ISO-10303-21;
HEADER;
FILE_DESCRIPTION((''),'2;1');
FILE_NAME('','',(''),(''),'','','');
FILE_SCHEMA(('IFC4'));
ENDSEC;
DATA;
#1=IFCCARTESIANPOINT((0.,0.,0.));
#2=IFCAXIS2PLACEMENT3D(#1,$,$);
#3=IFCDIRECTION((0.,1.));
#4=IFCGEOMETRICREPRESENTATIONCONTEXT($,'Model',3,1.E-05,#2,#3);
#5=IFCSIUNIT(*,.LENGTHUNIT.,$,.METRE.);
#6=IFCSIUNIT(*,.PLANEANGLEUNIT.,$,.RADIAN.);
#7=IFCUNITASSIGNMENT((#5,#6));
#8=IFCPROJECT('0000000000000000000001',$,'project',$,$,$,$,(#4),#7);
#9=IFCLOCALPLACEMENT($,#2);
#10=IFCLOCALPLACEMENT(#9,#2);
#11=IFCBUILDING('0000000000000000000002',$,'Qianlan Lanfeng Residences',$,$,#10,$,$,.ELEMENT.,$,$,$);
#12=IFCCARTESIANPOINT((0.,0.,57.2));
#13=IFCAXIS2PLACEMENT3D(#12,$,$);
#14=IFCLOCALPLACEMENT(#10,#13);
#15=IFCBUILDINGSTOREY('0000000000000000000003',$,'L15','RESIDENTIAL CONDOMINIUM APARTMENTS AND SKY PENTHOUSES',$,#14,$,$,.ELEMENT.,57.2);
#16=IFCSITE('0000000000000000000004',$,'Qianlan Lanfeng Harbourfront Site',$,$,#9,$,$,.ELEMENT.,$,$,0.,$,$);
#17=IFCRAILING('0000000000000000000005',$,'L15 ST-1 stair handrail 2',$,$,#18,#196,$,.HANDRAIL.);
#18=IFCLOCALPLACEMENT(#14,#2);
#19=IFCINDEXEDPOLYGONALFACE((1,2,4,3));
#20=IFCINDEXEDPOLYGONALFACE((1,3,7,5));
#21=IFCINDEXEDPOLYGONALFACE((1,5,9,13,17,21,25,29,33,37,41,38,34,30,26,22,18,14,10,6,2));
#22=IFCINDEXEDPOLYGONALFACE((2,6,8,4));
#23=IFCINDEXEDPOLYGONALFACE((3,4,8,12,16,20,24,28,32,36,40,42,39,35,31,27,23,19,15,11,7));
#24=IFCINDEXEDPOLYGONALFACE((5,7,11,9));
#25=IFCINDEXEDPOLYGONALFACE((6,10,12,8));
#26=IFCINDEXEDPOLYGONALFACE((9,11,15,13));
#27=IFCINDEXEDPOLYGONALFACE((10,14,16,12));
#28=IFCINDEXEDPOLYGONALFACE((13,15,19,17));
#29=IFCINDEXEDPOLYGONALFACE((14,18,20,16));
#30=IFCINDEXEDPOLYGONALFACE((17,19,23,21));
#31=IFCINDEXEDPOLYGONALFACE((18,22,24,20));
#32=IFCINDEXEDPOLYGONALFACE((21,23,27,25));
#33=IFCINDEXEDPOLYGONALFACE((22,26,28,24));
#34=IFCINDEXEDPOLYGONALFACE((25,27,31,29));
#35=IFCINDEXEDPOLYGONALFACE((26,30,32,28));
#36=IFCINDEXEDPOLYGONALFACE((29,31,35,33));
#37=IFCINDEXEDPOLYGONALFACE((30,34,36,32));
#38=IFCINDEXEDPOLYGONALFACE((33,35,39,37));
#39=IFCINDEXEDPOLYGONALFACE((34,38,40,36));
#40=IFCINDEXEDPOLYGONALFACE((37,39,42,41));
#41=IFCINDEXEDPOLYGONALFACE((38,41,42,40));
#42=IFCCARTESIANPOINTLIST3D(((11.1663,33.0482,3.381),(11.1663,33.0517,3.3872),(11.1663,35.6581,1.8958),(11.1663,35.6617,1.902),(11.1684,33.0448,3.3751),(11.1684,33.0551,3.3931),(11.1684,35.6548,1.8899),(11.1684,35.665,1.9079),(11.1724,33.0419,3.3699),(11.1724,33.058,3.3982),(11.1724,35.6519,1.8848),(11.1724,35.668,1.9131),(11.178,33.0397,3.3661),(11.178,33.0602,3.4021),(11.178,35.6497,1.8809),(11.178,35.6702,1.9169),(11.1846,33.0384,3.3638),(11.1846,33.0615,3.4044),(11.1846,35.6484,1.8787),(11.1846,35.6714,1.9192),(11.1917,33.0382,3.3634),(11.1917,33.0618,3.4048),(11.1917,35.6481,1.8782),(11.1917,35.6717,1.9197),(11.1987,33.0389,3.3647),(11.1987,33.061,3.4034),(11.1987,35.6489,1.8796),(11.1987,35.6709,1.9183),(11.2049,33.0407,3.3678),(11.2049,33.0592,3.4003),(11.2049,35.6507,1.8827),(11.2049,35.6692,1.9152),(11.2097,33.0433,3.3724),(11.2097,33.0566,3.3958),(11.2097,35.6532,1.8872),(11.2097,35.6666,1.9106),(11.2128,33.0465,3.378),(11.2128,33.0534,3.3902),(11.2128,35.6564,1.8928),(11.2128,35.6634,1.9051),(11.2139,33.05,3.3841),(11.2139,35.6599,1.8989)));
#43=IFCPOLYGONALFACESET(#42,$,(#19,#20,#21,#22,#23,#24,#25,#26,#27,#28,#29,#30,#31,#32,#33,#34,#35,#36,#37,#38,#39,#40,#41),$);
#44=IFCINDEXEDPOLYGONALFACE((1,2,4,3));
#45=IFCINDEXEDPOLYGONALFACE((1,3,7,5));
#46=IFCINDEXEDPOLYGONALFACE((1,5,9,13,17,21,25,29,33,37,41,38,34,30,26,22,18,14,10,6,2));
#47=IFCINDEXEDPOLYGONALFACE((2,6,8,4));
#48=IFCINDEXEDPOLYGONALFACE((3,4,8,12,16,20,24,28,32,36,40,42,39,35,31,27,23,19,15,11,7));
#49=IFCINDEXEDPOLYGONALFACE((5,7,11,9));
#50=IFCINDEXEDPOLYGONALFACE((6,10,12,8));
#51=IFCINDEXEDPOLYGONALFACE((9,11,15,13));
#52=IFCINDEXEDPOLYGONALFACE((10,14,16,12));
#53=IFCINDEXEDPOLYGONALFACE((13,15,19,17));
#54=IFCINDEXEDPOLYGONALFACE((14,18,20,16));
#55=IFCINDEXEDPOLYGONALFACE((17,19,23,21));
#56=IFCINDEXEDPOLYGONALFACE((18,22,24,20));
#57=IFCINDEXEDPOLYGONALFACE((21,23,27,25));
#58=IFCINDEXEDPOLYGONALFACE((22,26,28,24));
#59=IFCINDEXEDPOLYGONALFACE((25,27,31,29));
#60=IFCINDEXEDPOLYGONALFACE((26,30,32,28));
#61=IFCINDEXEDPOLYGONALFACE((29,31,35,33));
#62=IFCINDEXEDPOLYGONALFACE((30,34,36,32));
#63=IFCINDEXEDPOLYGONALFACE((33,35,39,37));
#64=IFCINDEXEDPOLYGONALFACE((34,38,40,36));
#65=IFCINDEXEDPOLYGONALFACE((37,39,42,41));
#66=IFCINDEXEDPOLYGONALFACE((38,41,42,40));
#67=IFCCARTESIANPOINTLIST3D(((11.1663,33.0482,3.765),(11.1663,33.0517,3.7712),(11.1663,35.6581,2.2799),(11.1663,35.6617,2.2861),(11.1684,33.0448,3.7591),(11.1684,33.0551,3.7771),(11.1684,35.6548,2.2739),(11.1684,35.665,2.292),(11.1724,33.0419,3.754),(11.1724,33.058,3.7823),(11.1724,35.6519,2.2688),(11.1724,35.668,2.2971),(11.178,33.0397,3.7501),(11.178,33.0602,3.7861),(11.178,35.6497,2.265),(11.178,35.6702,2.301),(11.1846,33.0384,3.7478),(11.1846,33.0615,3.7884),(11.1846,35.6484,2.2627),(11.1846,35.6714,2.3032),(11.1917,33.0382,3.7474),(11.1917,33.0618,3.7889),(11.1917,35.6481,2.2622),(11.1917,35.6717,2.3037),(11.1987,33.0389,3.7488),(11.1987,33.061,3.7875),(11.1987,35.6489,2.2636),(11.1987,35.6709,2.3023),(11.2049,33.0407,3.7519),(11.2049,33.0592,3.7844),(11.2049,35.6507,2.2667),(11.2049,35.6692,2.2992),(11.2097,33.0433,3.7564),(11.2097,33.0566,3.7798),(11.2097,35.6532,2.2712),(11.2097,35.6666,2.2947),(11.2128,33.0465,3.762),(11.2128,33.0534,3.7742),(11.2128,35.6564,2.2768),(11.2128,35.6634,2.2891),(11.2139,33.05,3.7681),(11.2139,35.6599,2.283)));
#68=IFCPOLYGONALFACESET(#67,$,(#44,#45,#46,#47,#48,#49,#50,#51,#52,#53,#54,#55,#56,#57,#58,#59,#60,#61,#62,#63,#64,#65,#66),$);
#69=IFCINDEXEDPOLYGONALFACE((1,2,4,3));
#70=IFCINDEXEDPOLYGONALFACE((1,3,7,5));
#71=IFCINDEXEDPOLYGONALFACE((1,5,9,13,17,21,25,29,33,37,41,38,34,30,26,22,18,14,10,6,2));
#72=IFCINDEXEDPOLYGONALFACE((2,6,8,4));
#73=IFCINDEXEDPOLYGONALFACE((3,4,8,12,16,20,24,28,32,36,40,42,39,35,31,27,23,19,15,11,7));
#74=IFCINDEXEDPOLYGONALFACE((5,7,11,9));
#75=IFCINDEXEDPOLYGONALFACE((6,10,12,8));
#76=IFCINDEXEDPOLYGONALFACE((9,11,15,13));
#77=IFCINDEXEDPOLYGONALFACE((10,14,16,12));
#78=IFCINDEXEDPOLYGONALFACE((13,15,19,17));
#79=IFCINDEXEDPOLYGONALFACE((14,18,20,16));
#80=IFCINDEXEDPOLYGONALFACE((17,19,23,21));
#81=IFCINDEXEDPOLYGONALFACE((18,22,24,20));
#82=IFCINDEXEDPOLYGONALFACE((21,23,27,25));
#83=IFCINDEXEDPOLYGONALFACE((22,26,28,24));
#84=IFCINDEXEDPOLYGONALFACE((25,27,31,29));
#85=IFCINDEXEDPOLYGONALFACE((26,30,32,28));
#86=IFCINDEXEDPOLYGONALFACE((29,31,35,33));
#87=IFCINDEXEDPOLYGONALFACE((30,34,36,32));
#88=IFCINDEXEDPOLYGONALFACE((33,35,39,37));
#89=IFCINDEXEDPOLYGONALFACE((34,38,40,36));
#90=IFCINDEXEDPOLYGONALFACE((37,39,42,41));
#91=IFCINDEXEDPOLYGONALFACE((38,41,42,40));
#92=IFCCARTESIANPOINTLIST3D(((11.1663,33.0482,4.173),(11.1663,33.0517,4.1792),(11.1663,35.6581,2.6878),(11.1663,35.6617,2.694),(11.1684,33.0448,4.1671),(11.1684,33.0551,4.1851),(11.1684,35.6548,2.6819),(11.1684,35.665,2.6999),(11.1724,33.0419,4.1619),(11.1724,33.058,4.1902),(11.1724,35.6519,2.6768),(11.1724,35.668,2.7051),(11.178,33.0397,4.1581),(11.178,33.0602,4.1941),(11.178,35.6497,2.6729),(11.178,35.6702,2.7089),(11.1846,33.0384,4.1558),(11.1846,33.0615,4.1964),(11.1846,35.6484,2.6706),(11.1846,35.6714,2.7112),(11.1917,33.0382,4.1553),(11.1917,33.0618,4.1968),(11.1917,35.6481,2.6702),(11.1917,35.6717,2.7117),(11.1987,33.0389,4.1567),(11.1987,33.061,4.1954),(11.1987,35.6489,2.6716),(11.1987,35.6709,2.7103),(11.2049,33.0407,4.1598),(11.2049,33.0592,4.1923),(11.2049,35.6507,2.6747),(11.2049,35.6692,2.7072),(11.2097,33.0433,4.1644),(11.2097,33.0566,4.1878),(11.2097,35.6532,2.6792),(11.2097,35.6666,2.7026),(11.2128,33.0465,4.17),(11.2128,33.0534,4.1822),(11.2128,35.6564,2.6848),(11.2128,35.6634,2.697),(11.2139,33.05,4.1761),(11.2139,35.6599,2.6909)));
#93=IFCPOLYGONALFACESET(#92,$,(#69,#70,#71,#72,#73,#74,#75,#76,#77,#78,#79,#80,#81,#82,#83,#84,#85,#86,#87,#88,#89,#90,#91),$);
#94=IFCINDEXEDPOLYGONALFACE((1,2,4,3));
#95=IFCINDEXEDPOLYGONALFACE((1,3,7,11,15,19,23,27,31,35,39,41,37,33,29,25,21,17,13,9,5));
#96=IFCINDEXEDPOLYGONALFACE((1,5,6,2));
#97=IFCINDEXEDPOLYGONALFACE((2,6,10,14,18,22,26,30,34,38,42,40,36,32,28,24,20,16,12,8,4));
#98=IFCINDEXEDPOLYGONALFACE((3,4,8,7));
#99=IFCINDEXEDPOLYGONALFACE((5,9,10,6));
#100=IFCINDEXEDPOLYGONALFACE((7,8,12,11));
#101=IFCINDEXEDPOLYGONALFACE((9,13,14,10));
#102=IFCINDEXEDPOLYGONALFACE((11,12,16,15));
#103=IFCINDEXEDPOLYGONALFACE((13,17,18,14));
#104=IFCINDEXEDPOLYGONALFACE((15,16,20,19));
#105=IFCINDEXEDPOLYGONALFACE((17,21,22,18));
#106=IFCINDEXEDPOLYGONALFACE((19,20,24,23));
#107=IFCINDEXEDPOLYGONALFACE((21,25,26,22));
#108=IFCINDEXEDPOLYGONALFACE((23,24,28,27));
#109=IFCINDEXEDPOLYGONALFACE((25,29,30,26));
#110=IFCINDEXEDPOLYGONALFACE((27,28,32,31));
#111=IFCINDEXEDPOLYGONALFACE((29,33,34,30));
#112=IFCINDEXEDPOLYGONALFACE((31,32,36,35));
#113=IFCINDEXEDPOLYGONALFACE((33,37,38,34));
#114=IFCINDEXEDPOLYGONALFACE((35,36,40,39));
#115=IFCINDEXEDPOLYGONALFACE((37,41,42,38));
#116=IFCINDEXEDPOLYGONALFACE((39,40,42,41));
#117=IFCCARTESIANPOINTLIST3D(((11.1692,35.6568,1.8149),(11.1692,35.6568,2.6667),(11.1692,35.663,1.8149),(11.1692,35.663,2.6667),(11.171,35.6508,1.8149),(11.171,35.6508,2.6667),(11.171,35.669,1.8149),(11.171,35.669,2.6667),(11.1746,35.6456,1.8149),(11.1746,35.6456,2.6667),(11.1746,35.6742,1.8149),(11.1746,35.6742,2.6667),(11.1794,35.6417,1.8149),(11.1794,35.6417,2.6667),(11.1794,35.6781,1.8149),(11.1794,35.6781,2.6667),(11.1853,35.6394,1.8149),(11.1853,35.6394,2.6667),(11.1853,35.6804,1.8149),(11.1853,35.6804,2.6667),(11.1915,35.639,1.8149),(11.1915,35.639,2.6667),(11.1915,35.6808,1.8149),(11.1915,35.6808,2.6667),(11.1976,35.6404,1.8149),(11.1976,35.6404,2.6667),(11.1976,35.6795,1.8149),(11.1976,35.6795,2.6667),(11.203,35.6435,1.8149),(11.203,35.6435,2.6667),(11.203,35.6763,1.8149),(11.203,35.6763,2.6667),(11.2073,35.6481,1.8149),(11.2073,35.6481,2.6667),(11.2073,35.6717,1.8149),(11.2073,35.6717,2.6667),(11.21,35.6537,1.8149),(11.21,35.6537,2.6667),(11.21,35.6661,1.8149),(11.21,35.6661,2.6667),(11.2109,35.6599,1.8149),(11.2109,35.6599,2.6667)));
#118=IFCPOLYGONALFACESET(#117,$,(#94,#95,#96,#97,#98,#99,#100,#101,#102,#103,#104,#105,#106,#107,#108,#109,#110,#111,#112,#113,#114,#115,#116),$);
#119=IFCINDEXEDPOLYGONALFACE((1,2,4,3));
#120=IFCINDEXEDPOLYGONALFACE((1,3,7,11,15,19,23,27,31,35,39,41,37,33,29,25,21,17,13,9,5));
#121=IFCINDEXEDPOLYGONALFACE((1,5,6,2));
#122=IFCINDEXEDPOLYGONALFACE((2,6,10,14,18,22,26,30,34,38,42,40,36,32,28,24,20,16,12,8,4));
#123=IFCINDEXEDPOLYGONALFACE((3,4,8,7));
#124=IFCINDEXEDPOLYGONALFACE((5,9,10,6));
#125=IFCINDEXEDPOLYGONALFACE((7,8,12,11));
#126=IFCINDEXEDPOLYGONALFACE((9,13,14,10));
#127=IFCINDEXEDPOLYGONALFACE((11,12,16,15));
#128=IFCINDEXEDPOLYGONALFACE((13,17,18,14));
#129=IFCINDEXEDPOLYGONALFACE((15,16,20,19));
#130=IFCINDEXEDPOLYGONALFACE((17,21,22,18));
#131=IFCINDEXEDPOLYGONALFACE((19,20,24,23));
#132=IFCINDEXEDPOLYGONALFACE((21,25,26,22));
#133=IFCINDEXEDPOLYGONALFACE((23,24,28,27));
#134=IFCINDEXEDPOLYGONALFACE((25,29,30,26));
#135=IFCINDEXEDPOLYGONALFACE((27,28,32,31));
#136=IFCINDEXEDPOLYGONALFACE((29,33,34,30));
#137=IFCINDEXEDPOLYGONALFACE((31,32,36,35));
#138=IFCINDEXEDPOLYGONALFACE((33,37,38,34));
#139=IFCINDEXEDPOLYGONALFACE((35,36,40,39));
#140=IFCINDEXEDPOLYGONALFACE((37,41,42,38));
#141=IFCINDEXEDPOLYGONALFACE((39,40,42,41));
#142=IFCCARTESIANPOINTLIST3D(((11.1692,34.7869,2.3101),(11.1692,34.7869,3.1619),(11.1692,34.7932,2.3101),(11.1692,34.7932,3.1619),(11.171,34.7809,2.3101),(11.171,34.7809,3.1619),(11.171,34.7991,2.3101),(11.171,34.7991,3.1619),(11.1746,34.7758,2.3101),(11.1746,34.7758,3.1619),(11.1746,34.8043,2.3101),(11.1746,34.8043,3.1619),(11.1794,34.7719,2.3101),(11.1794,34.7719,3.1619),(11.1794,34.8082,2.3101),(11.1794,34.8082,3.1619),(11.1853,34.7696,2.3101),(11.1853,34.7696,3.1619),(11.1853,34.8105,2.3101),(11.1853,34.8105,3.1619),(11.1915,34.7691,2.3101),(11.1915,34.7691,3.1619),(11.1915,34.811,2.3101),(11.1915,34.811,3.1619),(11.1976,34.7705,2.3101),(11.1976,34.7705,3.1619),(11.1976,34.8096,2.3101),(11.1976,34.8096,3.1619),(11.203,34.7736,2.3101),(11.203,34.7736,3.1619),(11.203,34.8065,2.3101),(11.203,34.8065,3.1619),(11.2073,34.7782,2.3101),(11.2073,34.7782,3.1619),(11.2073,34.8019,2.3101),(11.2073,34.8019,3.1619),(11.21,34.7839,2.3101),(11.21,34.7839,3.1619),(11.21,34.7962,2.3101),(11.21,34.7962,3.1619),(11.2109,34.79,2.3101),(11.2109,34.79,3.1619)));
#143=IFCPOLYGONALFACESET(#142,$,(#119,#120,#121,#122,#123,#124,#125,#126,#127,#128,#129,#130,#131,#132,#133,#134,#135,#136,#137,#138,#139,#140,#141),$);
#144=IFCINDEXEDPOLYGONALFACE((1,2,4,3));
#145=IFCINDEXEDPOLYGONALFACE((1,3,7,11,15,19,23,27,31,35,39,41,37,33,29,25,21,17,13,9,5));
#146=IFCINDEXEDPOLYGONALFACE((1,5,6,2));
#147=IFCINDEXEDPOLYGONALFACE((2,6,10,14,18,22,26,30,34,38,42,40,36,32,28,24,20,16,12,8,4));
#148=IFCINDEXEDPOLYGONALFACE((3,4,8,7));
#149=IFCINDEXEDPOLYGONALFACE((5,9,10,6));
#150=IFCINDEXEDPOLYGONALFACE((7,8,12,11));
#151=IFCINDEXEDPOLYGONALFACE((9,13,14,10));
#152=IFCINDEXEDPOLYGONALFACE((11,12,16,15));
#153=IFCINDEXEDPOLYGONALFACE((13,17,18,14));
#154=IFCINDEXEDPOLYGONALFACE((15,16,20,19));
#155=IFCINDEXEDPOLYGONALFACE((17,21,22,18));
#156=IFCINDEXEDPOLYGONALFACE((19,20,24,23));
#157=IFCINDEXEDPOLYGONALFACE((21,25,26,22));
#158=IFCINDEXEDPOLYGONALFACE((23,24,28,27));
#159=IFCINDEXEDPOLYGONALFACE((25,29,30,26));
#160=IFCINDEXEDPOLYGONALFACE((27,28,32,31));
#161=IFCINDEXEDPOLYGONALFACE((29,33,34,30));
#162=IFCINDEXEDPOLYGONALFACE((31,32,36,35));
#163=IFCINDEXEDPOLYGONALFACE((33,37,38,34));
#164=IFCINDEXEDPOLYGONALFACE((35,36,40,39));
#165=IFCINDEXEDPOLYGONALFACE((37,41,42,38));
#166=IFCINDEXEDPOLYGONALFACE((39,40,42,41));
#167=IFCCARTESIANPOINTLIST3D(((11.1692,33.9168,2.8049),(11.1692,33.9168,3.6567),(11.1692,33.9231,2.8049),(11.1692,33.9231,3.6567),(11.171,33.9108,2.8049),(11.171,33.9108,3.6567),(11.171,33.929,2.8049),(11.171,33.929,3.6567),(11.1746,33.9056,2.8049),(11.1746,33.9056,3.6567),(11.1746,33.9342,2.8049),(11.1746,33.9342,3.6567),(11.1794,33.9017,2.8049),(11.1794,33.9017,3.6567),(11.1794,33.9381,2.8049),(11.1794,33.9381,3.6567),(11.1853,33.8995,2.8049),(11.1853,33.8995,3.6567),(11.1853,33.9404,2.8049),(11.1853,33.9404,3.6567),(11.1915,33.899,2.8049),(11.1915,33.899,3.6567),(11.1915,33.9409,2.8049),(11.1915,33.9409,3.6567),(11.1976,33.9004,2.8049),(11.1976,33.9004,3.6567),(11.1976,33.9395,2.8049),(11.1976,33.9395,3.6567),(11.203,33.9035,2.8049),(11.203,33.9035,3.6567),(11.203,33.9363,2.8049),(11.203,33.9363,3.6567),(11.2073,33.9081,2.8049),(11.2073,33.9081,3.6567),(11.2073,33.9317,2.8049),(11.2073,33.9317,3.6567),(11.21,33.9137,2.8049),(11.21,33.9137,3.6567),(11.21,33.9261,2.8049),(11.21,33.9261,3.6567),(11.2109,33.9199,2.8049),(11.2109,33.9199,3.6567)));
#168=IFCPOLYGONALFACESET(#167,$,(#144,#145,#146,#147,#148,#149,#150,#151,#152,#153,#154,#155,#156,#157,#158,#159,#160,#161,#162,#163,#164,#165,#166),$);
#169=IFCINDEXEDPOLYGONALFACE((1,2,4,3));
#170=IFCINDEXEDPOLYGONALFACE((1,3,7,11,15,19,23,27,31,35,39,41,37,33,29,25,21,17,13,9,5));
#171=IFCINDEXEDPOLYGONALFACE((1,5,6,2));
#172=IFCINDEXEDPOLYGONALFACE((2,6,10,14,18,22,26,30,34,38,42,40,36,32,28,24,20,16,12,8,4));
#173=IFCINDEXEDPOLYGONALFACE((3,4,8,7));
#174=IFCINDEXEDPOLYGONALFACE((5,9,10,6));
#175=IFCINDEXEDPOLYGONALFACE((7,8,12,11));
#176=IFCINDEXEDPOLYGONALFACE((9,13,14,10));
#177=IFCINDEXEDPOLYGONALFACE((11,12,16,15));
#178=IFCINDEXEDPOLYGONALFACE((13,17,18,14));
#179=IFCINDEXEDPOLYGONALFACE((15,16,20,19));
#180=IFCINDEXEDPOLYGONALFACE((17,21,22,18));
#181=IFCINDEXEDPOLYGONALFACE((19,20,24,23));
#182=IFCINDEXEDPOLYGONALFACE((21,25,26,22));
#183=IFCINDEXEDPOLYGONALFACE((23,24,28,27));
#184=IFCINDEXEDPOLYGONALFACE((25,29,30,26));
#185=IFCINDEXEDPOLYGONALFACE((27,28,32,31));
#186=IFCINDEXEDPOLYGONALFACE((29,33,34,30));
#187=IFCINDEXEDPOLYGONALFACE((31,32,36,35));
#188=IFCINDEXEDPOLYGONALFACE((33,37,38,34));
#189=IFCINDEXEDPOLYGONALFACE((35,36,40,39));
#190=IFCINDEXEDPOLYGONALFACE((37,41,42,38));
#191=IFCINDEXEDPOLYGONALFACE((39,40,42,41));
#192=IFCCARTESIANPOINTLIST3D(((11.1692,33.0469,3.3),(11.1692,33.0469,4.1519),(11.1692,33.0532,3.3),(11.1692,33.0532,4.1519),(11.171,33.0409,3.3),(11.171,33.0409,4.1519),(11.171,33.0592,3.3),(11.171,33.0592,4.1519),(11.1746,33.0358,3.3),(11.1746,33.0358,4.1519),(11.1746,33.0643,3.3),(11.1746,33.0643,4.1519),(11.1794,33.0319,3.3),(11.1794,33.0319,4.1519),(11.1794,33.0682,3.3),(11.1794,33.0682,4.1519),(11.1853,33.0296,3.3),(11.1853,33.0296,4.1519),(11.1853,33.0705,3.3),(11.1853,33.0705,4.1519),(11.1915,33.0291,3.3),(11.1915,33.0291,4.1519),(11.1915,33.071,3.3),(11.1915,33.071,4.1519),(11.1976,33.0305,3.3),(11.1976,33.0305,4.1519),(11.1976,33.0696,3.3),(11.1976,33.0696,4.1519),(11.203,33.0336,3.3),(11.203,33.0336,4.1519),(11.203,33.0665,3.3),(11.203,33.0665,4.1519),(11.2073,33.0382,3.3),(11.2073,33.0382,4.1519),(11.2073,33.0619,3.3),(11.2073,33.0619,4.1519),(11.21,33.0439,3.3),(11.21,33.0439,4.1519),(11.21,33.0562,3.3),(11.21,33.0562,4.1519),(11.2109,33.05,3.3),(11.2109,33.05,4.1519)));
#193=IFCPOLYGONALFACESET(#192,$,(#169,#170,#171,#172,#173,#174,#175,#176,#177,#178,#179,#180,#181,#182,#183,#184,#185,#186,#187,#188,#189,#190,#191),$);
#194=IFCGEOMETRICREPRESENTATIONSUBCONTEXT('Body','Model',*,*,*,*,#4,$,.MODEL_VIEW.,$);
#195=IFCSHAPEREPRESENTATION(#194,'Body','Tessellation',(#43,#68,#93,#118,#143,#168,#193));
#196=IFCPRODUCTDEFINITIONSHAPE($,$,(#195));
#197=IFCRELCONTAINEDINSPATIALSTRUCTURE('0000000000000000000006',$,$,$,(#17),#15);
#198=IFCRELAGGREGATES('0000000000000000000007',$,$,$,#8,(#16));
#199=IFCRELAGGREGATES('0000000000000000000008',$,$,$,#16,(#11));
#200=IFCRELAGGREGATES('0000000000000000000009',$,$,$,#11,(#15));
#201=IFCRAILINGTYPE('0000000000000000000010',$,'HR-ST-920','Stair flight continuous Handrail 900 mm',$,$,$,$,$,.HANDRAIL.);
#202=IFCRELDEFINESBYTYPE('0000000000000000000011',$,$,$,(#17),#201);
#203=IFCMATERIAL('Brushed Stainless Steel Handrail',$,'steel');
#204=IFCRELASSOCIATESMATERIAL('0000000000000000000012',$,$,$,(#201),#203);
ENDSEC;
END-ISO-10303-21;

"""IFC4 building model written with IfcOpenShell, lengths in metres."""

from ifc_helpers import new_model, si_unit, direction, frame, origin, origin_2d, place, context, subcontext, project, spatial, circle, extrude, material, type_object, element, save


model = new_model("IFC4")

# Units and contexts
model_context = context("Model", 3, precision=1e-05, world=origin(), true_north=direction((0.0, 1.0)))
body_context = subcontext(model_context, "Body", "Model", "MODEL_VIEW")
ifc_project = project(units=[si_unit("LENGTHUNIT", "METRE"), si_unit("PLANEANGLEUNIT", "RADIAN")], contexts=[model_context])

# Site, building, storey
site_placement = place(None, origin())
site = spatial("IfcSite", under=ifc_project, at=site_placement, Name="Qianlan Lanfeng Harbourfront Site", CompositionType="ELEMENT", RefElevation=0.0)
building_placement = place(site_placement, origin())
building = spatial("IfcBuilding", under=site, at=building_placement, Name="Qianlan Lanfeng Residences", CompositionType="ELEMENT")
storey_placement = place(building_placement, frame((0.0, 0.0, 57.2)))
storey = spatial("IfcBuildingStorey", under=building, at=storey_placement, Name="L15", Description="RESIDENTIAL CONDOMINIUM APARTMENTS AND SKY PENTHOUSES", CompositionType="ELEMENT", Elevation=57.2)

# Railing
ifc_material_1 = material(Name="Brushed Stainless Steel Handrail", Category="steel")
railing_type_1 = type_object("IfcRailingType", Name="HR-ST-920", Description="Stair flight continuous Handrail 900 mm", PredefinedType="HANDRAIL", material=ifc_material_1)
railing_1_placement = place(storey_placement, frame((11.1899, 35.6599, 1.8149)))
element("IfcRailing", 1, at=railing_1_placement, inside=storey, type_object=railing_type_1, Name="L15 ST-1 stair handrail 2", PredefinedType="HANDRAIL", context=body_context, shape_type="SweptSolid", body=[
    extrude(circle(Radius=0.0239, at=origin_2d()), frame((0.0, 0.0, 0.084), z_axis=(0.0, -0.869137, 0.494571), x_axis=(1.0, 0.0, 0.0)), (0.0, 0.0, 1.0), 3.0029),
    extrude(circle(Radius=0.0239, at=origin_2d()), frame((0.0, 0.0, 0.468), z_axis=(0.0, -0.869137, 0.494571), x_axis=(1.0, 0.0, 0.0)), (0.0, 0.0, 1.0), 3.0029),
    extrude(circle(Radius=0.0239, at=origin_2d()), frame((0.0, 0.0, 0.876), z_axis=(0.0, -0.869137, 0.494571), x_axis=(1.0, 0.0, 0.0)), (0.0, 0.0, 1.0), 3.0029),
    extrude(circle(Radius=0.021, at=origin_2d()), origin(), (0.0, 0.0, 1.0), 0.8518),
    extrude(circle(Radius=0.021, at=origin_2d()), frame((0.0, -0.8699, 0.4951)), (0.0, 0.0, 1.0), 0.8518),
    extrude(circle(Radius=0.021, at=origin_2d()), frame((0.0, -1.74, 0.99)), (0.0, 0.0, 1.0), 0.8518),
    extrude(circle(Radius=0.021, at=origin_2d()), frame((0.0, -2.6099, 1.4851)), (0.0, 0.0, 1.0), 0.8518),
])

save(model, "model.ifc")
